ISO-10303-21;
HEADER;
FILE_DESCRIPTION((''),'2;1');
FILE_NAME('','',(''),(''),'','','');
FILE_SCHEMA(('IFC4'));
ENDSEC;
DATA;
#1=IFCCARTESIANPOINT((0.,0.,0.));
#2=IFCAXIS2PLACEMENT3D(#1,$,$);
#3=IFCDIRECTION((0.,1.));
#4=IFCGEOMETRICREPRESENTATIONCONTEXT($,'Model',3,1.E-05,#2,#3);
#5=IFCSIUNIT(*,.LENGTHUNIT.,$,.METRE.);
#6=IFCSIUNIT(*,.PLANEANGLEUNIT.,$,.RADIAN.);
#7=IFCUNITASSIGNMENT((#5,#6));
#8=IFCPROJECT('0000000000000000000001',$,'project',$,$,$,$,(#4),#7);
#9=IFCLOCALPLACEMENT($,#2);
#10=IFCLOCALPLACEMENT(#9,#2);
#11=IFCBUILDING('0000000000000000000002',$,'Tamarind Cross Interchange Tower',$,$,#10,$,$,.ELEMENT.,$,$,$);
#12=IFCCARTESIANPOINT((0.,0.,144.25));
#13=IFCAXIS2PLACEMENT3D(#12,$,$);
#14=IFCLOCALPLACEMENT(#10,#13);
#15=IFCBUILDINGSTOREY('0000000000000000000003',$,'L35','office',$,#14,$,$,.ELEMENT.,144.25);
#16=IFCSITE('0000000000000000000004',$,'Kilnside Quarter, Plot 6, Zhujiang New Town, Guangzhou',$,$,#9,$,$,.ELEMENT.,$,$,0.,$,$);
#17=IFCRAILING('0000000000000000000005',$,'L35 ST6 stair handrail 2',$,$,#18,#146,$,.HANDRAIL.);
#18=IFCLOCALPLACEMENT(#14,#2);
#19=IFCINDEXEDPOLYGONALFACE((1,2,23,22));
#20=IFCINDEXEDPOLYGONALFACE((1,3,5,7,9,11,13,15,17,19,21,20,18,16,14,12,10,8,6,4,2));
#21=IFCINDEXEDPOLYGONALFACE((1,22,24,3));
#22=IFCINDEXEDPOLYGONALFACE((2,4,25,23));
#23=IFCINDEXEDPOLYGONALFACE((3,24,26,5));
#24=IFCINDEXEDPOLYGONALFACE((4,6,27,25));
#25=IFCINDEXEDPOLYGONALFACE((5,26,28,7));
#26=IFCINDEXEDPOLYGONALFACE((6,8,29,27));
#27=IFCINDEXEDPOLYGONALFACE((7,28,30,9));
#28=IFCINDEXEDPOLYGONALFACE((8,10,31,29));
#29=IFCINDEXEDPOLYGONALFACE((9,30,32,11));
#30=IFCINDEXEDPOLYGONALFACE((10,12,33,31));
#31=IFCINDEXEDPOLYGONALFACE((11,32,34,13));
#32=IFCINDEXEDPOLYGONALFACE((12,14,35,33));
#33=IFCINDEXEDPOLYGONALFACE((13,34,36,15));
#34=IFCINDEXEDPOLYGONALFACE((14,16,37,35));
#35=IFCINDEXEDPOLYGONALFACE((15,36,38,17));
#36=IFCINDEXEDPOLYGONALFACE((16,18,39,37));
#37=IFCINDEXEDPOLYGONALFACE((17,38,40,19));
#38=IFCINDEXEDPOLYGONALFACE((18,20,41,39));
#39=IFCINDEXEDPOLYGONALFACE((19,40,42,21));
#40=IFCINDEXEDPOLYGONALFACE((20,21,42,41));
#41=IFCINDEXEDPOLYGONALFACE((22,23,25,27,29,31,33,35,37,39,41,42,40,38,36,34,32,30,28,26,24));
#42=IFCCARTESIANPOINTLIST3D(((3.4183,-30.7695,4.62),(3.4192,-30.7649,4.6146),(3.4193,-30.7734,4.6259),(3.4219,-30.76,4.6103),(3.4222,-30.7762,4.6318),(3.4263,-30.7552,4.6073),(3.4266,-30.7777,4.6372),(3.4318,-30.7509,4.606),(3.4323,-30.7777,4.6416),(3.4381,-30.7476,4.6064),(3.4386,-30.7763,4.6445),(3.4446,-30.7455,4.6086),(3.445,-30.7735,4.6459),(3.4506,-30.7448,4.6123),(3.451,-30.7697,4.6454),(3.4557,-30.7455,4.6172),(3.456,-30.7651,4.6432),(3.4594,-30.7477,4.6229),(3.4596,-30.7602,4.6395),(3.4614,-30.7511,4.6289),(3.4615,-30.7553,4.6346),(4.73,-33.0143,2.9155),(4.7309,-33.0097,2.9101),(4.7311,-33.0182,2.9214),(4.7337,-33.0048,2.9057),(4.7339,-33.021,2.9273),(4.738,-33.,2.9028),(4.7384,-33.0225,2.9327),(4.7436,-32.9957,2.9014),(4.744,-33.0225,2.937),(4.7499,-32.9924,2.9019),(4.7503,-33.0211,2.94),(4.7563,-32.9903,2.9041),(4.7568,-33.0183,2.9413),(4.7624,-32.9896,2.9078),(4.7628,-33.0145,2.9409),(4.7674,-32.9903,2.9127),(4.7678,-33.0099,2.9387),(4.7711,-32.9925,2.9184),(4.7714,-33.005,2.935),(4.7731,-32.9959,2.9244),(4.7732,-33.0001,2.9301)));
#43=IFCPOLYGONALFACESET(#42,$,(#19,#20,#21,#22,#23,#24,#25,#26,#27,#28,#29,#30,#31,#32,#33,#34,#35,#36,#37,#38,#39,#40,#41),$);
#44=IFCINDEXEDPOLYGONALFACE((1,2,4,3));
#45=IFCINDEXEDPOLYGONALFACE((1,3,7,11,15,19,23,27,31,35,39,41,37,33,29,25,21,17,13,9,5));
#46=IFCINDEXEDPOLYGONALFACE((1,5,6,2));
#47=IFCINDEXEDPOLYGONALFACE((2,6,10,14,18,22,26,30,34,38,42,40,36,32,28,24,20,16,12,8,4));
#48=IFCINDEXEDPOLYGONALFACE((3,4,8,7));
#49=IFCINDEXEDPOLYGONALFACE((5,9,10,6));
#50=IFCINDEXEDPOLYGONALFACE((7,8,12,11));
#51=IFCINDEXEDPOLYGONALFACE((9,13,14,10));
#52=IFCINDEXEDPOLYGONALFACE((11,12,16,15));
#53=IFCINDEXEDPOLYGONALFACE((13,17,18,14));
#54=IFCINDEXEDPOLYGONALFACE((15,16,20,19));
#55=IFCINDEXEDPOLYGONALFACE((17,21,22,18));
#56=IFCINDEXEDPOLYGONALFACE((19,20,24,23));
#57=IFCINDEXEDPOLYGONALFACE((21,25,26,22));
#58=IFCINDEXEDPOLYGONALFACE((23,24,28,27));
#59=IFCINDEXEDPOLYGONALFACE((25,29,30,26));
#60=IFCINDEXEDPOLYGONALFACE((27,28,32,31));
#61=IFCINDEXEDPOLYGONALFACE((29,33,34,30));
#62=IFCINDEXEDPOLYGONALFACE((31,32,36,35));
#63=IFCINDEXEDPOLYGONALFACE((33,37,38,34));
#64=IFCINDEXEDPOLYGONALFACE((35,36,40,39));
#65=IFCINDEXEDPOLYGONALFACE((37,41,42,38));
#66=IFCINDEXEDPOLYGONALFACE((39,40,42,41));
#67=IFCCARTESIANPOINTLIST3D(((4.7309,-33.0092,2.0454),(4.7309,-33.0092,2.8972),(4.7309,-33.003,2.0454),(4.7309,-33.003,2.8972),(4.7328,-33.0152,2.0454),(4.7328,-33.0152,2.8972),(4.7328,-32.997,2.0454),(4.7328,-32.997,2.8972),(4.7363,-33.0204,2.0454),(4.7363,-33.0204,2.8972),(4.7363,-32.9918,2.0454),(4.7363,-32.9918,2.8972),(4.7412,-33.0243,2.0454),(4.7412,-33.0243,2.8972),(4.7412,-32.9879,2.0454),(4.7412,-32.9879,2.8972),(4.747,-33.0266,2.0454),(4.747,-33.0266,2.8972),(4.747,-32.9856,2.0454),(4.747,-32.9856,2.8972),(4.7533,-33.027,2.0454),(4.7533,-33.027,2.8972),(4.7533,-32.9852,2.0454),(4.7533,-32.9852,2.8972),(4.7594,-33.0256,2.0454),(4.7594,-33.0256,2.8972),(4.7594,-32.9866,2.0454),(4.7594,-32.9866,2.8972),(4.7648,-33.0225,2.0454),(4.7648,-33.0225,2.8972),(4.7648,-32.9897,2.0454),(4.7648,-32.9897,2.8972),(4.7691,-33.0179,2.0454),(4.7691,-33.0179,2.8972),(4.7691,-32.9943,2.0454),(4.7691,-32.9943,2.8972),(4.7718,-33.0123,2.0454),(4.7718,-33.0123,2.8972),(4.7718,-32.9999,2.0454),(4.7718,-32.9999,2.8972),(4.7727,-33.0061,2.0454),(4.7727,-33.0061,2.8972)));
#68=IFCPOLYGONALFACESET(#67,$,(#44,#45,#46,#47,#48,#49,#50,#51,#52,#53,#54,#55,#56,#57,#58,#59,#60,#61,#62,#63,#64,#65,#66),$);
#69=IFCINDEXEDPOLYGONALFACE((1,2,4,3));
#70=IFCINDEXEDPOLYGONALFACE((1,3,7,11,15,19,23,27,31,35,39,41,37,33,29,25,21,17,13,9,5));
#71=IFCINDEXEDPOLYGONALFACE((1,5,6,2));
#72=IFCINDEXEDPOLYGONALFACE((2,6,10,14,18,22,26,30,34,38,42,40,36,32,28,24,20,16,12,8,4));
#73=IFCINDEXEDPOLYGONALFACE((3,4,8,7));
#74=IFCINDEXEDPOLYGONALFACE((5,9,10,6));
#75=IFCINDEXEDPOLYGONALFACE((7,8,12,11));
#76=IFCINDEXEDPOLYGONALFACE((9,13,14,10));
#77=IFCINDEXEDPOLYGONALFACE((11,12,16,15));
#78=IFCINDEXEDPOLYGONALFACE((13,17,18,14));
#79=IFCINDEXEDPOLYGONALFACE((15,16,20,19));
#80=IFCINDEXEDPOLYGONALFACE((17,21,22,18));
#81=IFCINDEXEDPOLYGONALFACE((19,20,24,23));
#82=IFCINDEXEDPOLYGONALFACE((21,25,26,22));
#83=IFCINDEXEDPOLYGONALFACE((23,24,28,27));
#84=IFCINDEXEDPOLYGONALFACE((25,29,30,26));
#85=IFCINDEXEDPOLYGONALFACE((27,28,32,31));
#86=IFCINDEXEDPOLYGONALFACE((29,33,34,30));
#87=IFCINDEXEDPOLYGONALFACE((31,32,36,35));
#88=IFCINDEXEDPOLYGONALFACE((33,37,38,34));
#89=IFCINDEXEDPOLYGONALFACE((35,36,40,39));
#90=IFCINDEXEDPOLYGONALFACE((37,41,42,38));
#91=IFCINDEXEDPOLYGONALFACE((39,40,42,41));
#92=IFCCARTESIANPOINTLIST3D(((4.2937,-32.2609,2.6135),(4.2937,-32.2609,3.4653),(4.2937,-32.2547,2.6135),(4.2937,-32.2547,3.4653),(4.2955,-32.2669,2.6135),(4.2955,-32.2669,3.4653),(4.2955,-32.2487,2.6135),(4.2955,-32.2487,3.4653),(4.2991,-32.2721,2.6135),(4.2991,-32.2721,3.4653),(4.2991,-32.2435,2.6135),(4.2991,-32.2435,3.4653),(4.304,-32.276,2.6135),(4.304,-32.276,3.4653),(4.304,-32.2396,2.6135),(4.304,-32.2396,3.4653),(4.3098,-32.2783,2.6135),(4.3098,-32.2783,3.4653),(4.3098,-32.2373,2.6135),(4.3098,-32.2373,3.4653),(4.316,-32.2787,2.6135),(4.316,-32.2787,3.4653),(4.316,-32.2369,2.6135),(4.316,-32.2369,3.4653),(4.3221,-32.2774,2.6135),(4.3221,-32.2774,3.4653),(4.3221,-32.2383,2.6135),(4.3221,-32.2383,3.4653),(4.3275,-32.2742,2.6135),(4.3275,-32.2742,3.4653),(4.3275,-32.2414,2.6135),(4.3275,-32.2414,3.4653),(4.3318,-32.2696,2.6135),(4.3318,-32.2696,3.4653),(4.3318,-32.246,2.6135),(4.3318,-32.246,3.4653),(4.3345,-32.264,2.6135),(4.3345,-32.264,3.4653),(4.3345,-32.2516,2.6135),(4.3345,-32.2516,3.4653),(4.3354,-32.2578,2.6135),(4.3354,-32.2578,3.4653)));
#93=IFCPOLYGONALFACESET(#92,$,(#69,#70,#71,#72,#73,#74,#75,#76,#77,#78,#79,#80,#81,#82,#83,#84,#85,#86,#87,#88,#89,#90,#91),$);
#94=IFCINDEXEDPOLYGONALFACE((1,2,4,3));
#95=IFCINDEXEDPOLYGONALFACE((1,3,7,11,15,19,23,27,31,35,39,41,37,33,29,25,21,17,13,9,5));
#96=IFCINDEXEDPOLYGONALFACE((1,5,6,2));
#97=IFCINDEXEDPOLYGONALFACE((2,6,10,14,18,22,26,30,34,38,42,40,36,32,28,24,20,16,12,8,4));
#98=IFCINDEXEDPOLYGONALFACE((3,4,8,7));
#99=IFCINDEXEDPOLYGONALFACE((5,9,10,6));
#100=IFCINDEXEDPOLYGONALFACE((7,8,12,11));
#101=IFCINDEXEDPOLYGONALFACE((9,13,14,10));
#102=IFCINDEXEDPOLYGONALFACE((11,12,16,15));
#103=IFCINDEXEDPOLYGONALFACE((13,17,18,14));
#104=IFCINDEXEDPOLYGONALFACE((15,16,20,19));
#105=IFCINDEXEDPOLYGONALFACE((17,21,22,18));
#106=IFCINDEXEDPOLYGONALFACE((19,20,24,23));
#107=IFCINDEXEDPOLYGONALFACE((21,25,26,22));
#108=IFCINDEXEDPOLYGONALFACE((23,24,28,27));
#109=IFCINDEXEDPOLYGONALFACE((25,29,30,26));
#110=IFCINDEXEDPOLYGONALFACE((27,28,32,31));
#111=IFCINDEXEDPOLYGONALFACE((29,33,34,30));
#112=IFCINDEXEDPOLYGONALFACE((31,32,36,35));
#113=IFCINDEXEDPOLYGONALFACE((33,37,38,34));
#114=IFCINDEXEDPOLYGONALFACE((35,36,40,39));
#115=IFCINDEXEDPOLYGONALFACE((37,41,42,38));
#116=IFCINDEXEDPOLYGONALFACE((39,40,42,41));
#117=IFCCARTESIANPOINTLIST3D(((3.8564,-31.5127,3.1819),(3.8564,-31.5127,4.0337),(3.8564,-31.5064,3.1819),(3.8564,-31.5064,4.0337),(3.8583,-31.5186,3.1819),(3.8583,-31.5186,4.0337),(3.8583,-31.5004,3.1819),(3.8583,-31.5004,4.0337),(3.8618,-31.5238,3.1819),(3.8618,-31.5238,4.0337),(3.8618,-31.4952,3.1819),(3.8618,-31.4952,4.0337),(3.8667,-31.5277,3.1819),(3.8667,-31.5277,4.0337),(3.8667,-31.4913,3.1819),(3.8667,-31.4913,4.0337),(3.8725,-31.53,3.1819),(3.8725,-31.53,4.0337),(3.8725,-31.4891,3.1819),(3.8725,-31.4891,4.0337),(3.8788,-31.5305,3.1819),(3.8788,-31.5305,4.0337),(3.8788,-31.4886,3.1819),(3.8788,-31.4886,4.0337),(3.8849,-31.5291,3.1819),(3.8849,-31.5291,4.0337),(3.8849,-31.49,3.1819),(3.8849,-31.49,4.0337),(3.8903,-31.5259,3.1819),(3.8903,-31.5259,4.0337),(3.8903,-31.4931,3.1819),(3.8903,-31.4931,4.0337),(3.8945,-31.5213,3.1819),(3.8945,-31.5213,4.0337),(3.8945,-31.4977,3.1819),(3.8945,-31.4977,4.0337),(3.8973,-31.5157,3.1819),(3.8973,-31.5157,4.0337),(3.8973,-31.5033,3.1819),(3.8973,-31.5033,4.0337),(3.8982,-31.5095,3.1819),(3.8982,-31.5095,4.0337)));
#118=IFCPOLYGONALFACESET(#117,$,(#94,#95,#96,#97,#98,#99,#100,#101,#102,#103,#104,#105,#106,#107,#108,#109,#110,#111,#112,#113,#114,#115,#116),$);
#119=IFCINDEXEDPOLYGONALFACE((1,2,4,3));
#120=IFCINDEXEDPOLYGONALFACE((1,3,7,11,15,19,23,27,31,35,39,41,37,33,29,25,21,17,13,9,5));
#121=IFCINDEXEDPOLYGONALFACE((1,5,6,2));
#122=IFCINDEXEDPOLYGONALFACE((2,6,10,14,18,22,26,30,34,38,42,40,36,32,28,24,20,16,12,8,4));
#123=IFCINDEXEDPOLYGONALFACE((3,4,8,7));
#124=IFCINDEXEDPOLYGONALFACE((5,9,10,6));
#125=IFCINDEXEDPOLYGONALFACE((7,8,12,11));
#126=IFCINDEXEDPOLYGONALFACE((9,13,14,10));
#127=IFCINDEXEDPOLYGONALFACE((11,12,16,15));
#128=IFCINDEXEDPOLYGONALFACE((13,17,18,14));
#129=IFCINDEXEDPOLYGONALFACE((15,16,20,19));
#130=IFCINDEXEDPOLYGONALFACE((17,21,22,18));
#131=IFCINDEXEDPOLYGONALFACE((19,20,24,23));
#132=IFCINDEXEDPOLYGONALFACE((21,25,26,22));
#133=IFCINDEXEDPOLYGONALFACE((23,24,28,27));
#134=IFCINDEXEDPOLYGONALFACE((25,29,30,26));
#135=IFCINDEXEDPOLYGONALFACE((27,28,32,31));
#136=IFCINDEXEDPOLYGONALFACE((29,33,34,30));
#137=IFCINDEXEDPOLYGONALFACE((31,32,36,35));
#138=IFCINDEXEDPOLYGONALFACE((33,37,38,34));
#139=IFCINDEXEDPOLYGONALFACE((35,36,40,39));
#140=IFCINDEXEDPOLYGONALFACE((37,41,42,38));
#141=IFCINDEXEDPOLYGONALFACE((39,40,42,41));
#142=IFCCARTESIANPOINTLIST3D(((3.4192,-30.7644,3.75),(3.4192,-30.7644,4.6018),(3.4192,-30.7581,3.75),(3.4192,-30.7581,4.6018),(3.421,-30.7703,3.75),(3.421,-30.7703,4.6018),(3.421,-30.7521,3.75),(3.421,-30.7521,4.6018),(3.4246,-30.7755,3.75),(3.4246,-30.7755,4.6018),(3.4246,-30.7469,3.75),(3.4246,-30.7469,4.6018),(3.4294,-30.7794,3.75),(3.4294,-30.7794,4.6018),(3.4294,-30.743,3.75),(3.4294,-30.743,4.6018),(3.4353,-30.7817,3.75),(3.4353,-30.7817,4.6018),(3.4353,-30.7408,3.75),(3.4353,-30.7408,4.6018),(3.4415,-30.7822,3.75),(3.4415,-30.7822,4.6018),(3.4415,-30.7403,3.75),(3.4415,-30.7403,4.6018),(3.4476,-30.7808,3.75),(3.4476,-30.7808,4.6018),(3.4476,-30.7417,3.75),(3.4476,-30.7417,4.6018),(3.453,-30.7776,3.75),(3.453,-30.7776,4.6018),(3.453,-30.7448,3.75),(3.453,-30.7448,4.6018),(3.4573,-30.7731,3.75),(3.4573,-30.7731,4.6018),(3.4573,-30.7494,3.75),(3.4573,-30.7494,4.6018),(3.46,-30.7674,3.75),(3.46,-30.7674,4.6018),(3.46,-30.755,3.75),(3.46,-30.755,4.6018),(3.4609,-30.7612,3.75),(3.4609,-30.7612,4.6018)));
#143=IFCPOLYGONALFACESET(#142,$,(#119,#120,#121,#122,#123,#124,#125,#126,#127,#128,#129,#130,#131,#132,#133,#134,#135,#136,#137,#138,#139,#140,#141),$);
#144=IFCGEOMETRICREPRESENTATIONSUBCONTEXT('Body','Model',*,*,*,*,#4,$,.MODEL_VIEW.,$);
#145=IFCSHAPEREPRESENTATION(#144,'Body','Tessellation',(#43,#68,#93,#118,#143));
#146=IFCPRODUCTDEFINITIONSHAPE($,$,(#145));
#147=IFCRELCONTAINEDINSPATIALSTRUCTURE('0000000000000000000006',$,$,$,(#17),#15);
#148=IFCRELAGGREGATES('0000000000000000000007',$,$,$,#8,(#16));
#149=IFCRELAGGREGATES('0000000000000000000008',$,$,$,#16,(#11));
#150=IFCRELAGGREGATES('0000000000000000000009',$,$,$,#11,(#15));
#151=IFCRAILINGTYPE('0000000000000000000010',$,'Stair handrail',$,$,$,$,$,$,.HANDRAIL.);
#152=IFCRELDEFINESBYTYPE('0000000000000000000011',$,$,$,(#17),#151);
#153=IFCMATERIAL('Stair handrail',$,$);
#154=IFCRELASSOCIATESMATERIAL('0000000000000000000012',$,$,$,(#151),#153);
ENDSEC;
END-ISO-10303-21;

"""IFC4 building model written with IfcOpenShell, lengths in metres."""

from ifc_helpers import new_model, si_unit, direction, frame, origin, origin_2d, place, context, subcontext, project, spatial, circle, extrude, material, type_object, element, save


model = new_model("IFC4")

# Units and contexts
model_context = context("Model", 3, precision=1e-05, world=origin(), true_north=direction((0.0, 1.0)))
body_context = subcontext(model_context, "Body", "Model", "MODEL_VIEW")
ifc_project = project(units=[si_unit("LENGTHUNIT", "METRE"), si_unit("PLANEANGLEUNIT", "RADIAN")], contexts=[model_context])

# Site, building, storey
site_placement = place(None, origin())
site = spatial("IfcSite", under=ifc_project, at=site_placement, Name="Kilnside Quarter, Plot 6, Zhujiang New Town, Guangzhou", CompositionType="ELEMENT", RefElevation=0.0)
building_placement = place(site_placement, origin())
building = spatial("IfcBuilding", under=site, at=building_placement, Name="Tamarind Cross Interchange Tower", CompositionType="ELEMENT")
storey_placement = place(building_placement, frame((0.0, 0.0, 144.25)))
storey = spatial("IfcBuildingStorey", under=building, at=storey_placement, Name="L35", Description="office", CompositionType="ELEMENT", Elevation=144.25)

# Railing
ifc_material_1 = material(Name="Stair handrail")
railing_type_1 = type_object("IfcRailingType", Name="Stair handrail", PredefinedType="HANDRAIL", material=ifc_material_1)
railing_1_placement = place(storey_placement, frame((4.7517, -33.0061, 2.0454)))
element("IfcRailing", 1, at=railing_1_placement, inside=storey, type_object=railing_type_1, Name="L35 ST6 stair handrail 2", PredefinedType="HANDRAIL", context=body_context, shape_type="SweptSolid", body=[
    extrude(circle(Radius=0.0239, at=origin_2d()), frame((0.0, 0.0, 0.876), z_axis=(-0.421927, 0.722059, 0.548278), x_axis=(-0.863401, -0.504519, 0.0)), (0.0, 0.0, 1.0), 3.1089),
    extrude(circle(Radius=0.021, at=origin_2d()), origin(), (0.0, 0.0, 1.0), 0.8518),
    extrude(circle(Radius=0.021, at=origin_2d()), frame((-0.4373, 0.7483, 0.5681)), (0.0, 0.0, 1.0), 0.8518),
    extrude(circle(Radius=0.021, at=origin_2d()), frame((-0.8745, 1.4966, 1.1365)), (0.0, 0.0, 1.0), 0.8518),
    extrude(circle(Radius=0.021, at=origin_2d()), frame((-1.3118, 2.2449, 1.7046)), (0.0, 0.0, 1.0), 0.8518),
])

save(model, "model.ifc")
